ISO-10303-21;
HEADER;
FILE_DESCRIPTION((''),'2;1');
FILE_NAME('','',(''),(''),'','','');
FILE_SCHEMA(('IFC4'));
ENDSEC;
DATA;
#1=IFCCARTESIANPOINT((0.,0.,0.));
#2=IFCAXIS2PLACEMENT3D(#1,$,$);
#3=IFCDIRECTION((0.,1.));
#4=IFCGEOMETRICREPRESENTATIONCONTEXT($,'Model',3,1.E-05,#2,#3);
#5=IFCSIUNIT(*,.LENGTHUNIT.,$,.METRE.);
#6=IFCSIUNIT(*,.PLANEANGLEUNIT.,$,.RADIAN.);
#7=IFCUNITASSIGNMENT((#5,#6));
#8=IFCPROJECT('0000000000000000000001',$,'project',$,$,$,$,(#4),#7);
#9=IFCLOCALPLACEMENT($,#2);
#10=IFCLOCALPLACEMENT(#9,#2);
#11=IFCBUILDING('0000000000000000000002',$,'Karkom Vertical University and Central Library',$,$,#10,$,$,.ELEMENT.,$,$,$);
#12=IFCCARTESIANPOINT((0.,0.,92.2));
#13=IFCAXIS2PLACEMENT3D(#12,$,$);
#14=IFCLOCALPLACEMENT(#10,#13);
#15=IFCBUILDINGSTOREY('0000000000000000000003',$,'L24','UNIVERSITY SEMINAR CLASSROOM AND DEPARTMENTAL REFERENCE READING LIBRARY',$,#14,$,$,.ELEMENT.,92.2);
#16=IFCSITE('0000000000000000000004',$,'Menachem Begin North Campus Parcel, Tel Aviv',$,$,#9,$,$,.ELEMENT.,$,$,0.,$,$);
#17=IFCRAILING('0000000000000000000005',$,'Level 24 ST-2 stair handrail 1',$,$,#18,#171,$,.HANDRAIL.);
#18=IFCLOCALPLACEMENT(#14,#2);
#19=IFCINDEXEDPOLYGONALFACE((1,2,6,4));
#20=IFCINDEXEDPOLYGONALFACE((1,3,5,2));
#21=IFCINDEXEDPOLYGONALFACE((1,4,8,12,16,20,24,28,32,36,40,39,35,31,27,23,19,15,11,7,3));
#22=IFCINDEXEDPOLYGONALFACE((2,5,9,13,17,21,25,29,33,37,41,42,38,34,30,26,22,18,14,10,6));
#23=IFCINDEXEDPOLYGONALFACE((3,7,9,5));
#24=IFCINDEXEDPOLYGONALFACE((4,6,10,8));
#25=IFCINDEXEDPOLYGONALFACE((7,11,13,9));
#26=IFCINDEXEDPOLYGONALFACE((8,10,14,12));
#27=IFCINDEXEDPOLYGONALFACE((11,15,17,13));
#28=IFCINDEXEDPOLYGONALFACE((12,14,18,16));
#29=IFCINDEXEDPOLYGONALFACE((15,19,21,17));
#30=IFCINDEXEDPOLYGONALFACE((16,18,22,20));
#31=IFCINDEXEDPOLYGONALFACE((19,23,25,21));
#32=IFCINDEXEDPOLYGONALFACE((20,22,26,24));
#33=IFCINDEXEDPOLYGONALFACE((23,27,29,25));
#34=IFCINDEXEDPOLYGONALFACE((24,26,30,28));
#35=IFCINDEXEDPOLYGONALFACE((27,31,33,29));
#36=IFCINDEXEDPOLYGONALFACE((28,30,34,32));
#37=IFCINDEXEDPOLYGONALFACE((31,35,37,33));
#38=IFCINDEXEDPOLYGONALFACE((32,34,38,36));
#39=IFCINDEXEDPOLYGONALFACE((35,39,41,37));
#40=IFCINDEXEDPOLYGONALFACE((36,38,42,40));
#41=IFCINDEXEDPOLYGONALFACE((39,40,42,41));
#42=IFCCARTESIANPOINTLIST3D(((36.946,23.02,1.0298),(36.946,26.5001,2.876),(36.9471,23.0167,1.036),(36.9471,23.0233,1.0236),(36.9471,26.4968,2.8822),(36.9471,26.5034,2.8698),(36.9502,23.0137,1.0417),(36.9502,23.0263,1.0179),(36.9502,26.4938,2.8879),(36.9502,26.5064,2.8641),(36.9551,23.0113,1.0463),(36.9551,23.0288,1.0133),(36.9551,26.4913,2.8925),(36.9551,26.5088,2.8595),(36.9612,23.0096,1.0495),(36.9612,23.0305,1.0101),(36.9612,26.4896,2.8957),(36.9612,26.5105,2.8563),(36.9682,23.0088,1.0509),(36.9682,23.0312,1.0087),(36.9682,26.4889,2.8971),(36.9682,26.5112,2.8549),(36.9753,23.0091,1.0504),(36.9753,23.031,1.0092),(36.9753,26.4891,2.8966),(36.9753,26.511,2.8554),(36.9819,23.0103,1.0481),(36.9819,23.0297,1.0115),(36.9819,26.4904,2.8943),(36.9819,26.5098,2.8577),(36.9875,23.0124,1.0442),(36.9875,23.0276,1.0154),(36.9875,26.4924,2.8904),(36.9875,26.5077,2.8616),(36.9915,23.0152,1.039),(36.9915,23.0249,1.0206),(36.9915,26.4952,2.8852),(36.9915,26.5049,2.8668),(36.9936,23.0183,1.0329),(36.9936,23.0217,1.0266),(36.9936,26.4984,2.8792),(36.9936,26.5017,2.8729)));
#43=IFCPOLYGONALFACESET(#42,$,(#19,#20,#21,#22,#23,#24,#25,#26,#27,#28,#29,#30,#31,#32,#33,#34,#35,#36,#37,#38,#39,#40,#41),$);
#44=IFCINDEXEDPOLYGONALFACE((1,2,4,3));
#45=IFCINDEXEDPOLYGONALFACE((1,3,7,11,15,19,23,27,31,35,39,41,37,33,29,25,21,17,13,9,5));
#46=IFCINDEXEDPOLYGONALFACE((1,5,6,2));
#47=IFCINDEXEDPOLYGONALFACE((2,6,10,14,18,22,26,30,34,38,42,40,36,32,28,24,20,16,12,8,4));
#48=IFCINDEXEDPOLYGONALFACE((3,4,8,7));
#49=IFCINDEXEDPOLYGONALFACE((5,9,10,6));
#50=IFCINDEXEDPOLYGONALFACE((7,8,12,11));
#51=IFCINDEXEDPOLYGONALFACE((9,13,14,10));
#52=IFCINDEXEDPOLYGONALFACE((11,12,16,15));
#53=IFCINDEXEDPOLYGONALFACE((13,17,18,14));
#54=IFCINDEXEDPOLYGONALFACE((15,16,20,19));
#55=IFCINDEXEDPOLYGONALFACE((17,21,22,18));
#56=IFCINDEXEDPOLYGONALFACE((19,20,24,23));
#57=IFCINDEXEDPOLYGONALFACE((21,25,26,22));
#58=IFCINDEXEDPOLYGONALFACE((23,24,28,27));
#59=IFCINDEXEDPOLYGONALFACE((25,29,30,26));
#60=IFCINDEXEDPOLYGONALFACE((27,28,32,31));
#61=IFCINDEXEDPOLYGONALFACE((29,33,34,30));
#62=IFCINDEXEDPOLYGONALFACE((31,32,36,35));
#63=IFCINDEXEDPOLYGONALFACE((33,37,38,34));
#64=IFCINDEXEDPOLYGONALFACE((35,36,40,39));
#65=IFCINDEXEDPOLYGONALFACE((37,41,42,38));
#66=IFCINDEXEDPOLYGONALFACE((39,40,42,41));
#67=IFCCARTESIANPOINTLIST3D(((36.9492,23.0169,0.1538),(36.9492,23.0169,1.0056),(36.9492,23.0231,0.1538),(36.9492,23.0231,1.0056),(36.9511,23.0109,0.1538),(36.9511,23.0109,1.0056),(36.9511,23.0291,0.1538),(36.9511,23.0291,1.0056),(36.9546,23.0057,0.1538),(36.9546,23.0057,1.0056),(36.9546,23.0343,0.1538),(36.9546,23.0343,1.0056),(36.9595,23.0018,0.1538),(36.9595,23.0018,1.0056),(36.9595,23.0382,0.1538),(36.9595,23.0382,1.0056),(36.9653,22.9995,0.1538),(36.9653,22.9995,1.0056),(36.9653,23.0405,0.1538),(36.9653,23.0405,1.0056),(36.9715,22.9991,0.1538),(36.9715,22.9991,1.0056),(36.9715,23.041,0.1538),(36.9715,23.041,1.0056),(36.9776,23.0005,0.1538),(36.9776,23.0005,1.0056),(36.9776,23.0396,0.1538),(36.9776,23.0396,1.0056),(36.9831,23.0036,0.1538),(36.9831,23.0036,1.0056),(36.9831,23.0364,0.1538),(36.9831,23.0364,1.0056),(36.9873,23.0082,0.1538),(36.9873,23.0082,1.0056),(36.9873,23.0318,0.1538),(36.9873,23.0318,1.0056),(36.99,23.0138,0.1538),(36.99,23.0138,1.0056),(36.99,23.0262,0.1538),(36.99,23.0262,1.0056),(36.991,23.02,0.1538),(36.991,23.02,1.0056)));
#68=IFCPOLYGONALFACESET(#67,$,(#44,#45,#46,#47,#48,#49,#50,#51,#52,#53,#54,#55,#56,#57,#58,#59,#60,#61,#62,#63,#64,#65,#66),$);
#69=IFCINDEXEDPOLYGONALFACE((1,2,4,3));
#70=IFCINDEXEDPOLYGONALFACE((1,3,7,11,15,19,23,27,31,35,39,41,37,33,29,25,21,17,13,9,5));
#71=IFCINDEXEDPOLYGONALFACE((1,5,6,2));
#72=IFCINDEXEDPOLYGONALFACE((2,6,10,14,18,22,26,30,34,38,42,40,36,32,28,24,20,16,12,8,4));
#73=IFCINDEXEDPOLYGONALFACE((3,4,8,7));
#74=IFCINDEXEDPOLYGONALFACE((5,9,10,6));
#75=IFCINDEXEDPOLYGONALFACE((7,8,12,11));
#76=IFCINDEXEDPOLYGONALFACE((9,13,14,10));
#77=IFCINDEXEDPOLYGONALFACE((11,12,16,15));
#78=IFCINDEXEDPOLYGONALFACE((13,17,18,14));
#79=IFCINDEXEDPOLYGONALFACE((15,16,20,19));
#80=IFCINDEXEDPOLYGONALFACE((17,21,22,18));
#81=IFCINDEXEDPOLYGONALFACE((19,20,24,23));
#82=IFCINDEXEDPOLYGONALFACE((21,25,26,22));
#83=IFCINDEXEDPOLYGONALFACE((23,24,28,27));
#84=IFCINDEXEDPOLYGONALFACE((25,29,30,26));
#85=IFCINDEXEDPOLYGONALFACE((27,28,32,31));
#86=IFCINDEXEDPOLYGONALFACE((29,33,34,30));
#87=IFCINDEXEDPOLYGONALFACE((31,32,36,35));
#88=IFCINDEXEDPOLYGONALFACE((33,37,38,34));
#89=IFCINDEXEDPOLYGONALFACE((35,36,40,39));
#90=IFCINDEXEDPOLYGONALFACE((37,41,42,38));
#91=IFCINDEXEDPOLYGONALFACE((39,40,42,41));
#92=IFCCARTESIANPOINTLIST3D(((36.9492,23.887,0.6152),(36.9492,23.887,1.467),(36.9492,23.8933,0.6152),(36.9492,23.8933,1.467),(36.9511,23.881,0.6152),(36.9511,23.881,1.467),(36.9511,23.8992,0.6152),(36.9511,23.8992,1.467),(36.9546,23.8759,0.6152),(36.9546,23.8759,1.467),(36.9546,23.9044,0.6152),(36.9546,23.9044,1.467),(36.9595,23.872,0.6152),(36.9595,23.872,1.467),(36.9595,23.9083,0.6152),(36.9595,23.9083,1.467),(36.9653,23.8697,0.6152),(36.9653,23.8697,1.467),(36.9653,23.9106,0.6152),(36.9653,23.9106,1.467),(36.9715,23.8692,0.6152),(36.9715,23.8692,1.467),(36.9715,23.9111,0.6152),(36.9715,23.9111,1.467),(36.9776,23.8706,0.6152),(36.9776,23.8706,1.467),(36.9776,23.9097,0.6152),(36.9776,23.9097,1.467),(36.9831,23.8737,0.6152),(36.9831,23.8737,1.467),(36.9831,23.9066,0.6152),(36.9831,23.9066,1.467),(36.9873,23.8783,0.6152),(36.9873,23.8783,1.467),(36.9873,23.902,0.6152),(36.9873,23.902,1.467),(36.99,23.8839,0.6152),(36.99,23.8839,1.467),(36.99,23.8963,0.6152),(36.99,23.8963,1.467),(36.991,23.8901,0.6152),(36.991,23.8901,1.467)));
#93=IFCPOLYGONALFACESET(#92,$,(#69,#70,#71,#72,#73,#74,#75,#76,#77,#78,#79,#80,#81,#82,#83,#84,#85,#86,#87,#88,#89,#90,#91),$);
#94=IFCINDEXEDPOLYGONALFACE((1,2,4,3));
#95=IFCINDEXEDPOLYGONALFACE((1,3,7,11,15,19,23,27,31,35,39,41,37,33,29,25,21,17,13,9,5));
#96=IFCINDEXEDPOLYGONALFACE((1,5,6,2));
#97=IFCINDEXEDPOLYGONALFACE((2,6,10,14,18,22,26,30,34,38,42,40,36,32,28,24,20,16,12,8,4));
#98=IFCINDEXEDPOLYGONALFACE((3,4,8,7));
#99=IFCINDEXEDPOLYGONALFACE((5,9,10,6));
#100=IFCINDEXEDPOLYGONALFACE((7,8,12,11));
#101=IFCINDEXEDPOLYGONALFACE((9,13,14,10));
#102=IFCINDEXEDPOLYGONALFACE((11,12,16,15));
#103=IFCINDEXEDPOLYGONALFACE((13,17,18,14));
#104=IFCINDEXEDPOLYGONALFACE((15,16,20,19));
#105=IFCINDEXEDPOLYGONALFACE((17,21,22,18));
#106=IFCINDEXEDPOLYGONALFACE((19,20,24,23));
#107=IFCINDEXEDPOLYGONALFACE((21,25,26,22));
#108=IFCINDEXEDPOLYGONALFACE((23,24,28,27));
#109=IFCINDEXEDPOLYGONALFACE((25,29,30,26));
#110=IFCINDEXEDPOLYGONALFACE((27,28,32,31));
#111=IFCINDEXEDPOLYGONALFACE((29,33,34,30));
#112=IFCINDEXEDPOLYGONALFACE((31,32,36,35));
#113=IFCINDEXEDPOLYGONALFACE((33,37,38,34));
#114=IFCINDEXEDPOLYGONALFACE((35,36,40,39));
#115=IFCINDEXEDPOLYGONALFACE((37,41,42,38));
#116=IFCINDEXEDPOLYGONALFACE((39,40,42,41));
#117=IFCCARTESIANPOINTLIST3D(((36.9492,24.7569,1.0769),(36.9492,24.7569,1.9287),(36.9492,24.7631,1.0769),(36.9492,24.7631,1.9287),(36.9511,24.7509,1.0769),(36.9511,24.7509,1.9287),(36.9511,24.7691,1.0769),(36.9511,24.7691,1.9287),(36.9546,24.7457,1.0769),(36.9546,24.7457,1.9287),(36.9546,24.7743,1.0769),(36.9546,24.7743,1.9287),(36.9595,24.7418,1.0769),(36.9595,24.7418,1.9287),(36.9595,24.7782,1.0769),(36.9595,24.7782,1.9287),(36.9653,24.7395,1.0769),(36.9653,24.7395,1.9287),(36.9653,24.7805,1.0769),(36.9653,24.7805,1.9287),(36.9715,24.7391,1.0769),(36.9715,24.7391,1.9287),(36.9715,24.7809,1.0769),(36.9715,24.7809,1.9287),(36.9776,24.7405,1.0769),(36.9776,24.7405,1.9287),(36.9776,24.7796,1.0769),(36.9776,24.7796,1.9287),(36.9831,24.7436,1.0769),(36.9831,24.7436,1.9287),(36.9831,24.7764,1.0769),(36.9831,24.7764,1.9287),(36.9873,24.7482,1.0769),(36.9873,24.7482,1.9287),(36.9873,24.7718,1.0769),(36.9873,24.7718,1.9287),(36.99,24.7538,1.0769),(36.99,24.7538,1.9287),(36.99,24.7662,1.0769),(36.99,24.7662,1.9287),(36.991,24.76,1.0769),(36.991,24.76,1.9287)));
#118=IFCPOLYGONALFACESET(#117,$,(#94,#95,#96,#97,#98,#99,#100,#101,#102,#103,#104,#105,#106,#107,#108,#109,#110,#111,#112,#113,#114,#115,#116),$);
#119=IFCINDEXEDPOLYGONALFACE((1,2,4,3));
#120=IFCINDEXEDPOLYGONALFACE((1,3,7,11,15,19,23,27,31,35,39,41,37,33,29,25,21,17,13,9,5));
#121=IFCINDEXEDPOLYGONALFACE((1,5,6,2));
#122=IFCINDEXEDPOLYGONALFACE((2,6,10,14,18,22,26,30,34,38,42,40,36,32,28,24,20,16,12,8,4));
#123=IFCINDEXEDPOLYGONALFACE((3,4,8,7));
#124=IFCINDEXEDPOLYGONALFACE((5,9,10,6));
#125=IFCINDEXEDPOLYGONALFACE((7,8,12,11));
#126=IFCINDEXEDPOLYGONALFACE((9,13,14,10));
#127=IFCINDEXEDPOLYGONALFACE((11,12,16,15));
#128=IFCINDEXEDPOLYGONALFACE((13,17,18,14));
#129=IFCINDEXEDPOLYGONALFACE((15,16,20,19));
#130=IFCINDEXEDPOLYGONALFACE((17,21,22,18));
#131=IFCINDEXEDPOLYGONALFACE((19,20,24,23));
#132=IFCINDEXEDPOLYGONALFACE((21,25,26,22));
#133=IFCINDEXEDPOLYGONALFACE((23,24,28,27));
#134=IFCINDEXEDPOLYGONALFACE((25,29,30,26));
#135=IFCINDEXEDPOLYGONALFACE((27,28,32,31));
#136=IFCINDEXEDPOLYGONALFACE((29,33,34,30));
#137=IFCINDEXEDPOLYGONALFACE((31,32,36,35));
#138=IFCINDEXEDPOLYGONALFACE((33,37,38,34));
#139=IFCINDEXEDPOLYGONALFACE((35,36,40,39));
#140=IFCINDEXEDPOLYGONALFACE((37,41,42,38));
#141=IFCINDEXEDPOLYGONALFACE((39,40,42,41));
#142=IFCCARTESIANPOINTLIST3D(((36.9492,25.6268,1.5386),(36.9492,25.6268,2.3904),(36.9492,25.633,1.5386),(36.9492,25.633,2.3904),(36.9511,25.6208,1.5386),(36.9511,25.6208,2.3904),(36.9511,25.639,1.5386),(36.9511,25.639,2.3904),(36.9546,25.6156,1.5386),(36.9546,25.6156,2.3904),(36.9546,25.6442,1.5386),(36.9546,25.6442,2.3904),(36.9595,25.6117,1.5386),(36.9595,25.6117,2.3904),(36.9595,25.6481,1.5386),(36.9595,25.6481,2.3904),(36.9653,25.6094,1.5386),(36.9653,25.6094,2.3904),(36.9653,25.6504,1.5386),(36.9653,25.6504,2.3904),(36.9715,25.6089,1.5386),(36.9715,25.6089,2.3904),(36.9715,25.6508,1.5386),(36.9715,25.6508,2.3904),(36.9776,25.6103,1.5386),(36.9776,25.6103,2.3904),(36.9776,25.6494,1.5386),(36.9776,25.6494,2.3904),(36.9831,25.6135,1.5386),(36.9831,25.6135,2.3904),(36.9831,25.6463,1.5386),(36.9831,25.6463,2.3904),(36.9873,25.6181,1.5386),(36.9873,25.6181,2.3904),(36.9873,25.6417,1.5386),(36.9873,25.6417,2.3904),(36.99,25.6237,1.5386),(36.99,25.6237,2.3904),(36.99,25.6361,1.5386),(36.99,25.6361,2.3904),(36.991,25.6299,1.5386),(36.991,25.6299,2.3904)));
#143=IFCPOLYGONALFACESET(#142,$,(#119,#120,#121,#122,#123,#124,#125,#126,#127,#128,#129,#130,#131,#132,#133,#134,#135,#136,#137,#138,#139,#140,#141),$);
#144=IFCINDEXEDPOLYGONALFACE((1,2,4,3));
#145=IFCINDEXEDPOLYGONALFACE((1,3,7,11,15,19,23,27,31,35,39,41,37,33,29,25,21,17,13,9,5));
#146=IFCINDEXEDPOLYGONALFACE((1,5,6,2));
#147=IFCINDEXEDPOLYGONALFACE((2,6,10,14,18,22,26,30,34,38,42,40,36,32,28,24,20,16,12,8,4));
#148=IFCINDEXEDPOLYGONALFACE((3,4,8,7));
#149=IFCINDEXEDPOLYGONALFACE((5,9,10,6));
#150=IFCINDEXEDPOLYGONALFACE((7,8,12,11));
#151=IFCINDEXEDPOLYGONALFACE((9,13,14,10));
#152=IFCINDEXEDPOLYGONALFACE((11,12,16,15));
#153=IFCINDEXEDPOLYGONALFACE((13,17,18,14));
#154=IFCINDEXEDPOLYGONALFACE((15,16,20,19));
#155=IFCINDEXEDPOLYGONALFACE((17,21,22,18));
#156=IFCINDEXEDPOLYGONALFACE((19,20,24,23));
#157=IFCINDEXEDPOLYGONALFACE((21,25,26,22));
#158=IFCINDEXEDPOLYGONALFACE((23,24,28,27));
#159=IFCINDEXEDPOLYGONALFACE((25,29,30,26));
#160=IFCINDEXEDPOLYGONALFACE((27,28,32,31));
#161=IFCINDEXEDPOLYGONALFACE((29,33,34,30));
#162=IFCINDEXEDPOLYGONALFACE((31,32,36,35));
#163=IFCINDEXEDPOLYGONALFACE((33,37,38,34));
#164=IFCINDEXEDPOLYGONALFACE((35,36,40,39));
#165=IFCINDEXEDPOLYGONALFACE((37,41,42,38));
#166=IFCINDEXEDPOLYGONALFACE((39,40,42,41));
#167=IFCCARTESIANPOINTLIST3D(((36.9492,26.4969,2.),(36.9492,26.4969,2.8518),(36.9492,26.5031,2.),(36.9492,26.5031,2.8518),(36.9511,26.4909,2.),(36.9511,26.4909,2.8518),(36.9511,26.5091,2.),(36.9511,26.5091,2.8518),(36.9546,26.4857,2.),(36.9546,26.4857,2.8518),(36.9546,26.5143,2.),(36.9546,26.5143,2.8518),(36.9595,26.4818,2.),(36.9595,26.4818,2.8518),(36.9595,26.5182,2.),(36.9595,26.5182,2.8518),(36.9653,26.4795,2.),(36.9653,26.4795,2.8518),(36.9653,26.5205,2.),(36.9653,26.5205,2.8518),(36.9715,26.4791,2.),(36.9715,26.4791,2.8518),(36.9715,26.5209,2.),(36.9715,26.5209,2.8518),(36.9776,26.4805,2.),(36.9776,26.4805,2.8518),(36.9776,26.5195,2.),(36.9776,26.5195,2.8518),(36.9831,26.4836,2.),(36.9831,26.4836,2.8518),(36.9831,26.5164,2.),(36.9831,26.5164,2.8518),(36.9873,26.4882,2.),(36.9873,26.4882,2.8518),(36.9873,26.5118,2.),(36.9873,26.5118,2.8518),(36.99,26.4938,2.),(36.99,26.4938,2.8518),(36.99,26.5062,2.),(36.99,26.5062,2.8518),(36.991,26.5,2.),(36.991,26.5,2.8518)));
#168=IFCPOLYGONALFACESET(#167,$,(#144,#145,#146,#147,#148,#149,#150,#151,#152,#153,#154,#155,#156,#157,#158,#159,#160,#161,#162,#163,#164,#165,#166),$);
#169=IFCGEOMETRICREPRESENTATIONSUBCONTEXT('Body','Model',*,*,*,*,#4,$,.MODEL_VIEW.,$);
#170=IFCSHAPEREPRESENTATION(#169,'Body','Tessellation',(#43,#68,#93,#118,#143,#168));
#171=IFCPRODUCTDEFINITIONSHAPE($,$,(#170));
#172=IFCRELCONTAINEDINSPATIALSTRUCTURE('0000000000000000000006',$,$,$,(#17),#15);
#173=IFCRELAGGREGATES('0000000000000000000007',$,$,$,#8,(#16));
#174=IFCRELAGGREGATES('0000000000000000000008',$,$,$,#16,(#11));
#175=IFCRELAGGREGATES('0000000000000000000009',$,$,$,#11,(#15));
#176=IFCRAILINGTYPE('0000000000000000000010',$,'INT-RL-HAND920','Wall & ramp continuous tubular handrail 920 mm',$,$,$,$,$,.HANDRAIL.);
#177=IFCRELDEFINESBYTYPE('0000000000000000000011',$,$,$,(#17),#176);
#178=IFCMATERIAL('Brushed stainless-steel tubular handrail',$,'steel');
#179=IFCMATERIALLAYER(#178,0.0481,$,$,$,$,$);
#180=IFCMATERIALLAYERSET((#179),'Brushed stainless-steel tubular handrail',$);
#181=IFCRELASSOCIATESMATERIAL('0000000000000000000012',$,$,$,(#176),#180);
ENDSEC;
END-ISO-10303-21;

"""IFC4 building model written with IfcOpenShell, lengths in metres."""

from ifc_helpers import new_model, si_unit, direction, frame, origin, origin_2d, place, context, subcontext, project, spatial, circle, extrude, material, layer, layer_set, type_object, element, save


model = new_model("IFC4")

# Units and contexts
model_context = context("Model", 3, precision=1e-05, world=origin(), true_north=direction((0.0, 1.0)))
body_context = subcontext(model_context, "Body", "Model", "MODEL_VIEW")
ifc_project = project(units=[si_unit("LENGTHUNIT", "METRE"), si_unit("PLANEANGLEUNIT", "RADIAN")], contexts=[model_context])

# Site, building, storey
site_placement = place(None, origin())
site = spatial("IfcSite", under=ifc_project, at=site_placement, Name="Menachem Begin North Campus Parcel, Tel Aviv", CompositionType="ELEMENT", RefElevation=0.0)
building_placement = place(site_placement, origin())
building = spatial("IfcBuilding", under=site, at=building_placement, Name="Karkom Vertical University and Central Library", CompositionType="ELEMENT")
storey_placement = place(building_placement, frame((0.0, 0.0, 92.2)))
storey = spatial("IfcBuildingStorey", under=building, at=storey_placement, Name="L24", Description="UNIVERSITY SEMINAR CLASSROOM AND DEPARTMENTAL REFERENCE READING LIBRARY", CompositionType="ELEMENT", Elevation=92.2)

# Railing
ifc_material_1 = material(Name="Brushed stainless-steel tubular handrail", Category="steel")
ifc_layer_1 = layer(ifc_material_1, 0.0481)
ifc_layer_set_1 = layer_set([ifc_layer_1], Name="Brushed stainless-steel tubular handrail")
railing_type_1 = type_object("IfcRailingType", Name="INT-RL-HAND920", Description="Wall & ramp continuous tubular handrail 920 mm", PredefinedType="HANDRAIL", material=ifc_layer_set_1)
railing_1_placement = place(storey_placement, frame((36.97, 23.02, 0.1538)))
element("IfcRailing", 1, at=railing_1_placement, inside=storey, type_object=railing_type_1, Name="Level 24 ST-2 stair handrail 1", PredefinedType="HANDRAIL", context=body_context, shape_type="SweptSolid", body=[
    extrude(circle(Radius=0.0239, at=origin_2d()), frame((0.0, 0.0, 0.876), z_axis=(0.0, 0.883384, 0.468651), x_axis=(-1.0, 0.0, 0.0)), (0.0, 0.0, 1.0), 3.9395),
    extrude(circle(Radius=0.021, at=origin_2d()), origin(), (0.0, 0.0, 1.0), 0.8518),
    extrude(circle(Radius=0.021, at=origin_2d()), frame((0.0, 0.8701, 0.4614)), (0.0, 0.0, 1.0), 0.8518),
    extrude(circle(Radius=0.021, at=origin_2d()), frame((0.0, 1.74, 0.9231)), (0.0, 0.0, 1.0), 0.8518),
    extrude(circle(Radius=0.021, at=origin_2d()), frame((0.0, 2.6099, 1.3848)), (0.0, 0.0, 1.0), 0.8518),
    extrude(circle(Radius=0.021, at=origin_2d()), frame((0.0, 3.48, 1.8462)), (0.0, 0.0, 1.0), 0.8518),
])

save(model, "model.ifc")
